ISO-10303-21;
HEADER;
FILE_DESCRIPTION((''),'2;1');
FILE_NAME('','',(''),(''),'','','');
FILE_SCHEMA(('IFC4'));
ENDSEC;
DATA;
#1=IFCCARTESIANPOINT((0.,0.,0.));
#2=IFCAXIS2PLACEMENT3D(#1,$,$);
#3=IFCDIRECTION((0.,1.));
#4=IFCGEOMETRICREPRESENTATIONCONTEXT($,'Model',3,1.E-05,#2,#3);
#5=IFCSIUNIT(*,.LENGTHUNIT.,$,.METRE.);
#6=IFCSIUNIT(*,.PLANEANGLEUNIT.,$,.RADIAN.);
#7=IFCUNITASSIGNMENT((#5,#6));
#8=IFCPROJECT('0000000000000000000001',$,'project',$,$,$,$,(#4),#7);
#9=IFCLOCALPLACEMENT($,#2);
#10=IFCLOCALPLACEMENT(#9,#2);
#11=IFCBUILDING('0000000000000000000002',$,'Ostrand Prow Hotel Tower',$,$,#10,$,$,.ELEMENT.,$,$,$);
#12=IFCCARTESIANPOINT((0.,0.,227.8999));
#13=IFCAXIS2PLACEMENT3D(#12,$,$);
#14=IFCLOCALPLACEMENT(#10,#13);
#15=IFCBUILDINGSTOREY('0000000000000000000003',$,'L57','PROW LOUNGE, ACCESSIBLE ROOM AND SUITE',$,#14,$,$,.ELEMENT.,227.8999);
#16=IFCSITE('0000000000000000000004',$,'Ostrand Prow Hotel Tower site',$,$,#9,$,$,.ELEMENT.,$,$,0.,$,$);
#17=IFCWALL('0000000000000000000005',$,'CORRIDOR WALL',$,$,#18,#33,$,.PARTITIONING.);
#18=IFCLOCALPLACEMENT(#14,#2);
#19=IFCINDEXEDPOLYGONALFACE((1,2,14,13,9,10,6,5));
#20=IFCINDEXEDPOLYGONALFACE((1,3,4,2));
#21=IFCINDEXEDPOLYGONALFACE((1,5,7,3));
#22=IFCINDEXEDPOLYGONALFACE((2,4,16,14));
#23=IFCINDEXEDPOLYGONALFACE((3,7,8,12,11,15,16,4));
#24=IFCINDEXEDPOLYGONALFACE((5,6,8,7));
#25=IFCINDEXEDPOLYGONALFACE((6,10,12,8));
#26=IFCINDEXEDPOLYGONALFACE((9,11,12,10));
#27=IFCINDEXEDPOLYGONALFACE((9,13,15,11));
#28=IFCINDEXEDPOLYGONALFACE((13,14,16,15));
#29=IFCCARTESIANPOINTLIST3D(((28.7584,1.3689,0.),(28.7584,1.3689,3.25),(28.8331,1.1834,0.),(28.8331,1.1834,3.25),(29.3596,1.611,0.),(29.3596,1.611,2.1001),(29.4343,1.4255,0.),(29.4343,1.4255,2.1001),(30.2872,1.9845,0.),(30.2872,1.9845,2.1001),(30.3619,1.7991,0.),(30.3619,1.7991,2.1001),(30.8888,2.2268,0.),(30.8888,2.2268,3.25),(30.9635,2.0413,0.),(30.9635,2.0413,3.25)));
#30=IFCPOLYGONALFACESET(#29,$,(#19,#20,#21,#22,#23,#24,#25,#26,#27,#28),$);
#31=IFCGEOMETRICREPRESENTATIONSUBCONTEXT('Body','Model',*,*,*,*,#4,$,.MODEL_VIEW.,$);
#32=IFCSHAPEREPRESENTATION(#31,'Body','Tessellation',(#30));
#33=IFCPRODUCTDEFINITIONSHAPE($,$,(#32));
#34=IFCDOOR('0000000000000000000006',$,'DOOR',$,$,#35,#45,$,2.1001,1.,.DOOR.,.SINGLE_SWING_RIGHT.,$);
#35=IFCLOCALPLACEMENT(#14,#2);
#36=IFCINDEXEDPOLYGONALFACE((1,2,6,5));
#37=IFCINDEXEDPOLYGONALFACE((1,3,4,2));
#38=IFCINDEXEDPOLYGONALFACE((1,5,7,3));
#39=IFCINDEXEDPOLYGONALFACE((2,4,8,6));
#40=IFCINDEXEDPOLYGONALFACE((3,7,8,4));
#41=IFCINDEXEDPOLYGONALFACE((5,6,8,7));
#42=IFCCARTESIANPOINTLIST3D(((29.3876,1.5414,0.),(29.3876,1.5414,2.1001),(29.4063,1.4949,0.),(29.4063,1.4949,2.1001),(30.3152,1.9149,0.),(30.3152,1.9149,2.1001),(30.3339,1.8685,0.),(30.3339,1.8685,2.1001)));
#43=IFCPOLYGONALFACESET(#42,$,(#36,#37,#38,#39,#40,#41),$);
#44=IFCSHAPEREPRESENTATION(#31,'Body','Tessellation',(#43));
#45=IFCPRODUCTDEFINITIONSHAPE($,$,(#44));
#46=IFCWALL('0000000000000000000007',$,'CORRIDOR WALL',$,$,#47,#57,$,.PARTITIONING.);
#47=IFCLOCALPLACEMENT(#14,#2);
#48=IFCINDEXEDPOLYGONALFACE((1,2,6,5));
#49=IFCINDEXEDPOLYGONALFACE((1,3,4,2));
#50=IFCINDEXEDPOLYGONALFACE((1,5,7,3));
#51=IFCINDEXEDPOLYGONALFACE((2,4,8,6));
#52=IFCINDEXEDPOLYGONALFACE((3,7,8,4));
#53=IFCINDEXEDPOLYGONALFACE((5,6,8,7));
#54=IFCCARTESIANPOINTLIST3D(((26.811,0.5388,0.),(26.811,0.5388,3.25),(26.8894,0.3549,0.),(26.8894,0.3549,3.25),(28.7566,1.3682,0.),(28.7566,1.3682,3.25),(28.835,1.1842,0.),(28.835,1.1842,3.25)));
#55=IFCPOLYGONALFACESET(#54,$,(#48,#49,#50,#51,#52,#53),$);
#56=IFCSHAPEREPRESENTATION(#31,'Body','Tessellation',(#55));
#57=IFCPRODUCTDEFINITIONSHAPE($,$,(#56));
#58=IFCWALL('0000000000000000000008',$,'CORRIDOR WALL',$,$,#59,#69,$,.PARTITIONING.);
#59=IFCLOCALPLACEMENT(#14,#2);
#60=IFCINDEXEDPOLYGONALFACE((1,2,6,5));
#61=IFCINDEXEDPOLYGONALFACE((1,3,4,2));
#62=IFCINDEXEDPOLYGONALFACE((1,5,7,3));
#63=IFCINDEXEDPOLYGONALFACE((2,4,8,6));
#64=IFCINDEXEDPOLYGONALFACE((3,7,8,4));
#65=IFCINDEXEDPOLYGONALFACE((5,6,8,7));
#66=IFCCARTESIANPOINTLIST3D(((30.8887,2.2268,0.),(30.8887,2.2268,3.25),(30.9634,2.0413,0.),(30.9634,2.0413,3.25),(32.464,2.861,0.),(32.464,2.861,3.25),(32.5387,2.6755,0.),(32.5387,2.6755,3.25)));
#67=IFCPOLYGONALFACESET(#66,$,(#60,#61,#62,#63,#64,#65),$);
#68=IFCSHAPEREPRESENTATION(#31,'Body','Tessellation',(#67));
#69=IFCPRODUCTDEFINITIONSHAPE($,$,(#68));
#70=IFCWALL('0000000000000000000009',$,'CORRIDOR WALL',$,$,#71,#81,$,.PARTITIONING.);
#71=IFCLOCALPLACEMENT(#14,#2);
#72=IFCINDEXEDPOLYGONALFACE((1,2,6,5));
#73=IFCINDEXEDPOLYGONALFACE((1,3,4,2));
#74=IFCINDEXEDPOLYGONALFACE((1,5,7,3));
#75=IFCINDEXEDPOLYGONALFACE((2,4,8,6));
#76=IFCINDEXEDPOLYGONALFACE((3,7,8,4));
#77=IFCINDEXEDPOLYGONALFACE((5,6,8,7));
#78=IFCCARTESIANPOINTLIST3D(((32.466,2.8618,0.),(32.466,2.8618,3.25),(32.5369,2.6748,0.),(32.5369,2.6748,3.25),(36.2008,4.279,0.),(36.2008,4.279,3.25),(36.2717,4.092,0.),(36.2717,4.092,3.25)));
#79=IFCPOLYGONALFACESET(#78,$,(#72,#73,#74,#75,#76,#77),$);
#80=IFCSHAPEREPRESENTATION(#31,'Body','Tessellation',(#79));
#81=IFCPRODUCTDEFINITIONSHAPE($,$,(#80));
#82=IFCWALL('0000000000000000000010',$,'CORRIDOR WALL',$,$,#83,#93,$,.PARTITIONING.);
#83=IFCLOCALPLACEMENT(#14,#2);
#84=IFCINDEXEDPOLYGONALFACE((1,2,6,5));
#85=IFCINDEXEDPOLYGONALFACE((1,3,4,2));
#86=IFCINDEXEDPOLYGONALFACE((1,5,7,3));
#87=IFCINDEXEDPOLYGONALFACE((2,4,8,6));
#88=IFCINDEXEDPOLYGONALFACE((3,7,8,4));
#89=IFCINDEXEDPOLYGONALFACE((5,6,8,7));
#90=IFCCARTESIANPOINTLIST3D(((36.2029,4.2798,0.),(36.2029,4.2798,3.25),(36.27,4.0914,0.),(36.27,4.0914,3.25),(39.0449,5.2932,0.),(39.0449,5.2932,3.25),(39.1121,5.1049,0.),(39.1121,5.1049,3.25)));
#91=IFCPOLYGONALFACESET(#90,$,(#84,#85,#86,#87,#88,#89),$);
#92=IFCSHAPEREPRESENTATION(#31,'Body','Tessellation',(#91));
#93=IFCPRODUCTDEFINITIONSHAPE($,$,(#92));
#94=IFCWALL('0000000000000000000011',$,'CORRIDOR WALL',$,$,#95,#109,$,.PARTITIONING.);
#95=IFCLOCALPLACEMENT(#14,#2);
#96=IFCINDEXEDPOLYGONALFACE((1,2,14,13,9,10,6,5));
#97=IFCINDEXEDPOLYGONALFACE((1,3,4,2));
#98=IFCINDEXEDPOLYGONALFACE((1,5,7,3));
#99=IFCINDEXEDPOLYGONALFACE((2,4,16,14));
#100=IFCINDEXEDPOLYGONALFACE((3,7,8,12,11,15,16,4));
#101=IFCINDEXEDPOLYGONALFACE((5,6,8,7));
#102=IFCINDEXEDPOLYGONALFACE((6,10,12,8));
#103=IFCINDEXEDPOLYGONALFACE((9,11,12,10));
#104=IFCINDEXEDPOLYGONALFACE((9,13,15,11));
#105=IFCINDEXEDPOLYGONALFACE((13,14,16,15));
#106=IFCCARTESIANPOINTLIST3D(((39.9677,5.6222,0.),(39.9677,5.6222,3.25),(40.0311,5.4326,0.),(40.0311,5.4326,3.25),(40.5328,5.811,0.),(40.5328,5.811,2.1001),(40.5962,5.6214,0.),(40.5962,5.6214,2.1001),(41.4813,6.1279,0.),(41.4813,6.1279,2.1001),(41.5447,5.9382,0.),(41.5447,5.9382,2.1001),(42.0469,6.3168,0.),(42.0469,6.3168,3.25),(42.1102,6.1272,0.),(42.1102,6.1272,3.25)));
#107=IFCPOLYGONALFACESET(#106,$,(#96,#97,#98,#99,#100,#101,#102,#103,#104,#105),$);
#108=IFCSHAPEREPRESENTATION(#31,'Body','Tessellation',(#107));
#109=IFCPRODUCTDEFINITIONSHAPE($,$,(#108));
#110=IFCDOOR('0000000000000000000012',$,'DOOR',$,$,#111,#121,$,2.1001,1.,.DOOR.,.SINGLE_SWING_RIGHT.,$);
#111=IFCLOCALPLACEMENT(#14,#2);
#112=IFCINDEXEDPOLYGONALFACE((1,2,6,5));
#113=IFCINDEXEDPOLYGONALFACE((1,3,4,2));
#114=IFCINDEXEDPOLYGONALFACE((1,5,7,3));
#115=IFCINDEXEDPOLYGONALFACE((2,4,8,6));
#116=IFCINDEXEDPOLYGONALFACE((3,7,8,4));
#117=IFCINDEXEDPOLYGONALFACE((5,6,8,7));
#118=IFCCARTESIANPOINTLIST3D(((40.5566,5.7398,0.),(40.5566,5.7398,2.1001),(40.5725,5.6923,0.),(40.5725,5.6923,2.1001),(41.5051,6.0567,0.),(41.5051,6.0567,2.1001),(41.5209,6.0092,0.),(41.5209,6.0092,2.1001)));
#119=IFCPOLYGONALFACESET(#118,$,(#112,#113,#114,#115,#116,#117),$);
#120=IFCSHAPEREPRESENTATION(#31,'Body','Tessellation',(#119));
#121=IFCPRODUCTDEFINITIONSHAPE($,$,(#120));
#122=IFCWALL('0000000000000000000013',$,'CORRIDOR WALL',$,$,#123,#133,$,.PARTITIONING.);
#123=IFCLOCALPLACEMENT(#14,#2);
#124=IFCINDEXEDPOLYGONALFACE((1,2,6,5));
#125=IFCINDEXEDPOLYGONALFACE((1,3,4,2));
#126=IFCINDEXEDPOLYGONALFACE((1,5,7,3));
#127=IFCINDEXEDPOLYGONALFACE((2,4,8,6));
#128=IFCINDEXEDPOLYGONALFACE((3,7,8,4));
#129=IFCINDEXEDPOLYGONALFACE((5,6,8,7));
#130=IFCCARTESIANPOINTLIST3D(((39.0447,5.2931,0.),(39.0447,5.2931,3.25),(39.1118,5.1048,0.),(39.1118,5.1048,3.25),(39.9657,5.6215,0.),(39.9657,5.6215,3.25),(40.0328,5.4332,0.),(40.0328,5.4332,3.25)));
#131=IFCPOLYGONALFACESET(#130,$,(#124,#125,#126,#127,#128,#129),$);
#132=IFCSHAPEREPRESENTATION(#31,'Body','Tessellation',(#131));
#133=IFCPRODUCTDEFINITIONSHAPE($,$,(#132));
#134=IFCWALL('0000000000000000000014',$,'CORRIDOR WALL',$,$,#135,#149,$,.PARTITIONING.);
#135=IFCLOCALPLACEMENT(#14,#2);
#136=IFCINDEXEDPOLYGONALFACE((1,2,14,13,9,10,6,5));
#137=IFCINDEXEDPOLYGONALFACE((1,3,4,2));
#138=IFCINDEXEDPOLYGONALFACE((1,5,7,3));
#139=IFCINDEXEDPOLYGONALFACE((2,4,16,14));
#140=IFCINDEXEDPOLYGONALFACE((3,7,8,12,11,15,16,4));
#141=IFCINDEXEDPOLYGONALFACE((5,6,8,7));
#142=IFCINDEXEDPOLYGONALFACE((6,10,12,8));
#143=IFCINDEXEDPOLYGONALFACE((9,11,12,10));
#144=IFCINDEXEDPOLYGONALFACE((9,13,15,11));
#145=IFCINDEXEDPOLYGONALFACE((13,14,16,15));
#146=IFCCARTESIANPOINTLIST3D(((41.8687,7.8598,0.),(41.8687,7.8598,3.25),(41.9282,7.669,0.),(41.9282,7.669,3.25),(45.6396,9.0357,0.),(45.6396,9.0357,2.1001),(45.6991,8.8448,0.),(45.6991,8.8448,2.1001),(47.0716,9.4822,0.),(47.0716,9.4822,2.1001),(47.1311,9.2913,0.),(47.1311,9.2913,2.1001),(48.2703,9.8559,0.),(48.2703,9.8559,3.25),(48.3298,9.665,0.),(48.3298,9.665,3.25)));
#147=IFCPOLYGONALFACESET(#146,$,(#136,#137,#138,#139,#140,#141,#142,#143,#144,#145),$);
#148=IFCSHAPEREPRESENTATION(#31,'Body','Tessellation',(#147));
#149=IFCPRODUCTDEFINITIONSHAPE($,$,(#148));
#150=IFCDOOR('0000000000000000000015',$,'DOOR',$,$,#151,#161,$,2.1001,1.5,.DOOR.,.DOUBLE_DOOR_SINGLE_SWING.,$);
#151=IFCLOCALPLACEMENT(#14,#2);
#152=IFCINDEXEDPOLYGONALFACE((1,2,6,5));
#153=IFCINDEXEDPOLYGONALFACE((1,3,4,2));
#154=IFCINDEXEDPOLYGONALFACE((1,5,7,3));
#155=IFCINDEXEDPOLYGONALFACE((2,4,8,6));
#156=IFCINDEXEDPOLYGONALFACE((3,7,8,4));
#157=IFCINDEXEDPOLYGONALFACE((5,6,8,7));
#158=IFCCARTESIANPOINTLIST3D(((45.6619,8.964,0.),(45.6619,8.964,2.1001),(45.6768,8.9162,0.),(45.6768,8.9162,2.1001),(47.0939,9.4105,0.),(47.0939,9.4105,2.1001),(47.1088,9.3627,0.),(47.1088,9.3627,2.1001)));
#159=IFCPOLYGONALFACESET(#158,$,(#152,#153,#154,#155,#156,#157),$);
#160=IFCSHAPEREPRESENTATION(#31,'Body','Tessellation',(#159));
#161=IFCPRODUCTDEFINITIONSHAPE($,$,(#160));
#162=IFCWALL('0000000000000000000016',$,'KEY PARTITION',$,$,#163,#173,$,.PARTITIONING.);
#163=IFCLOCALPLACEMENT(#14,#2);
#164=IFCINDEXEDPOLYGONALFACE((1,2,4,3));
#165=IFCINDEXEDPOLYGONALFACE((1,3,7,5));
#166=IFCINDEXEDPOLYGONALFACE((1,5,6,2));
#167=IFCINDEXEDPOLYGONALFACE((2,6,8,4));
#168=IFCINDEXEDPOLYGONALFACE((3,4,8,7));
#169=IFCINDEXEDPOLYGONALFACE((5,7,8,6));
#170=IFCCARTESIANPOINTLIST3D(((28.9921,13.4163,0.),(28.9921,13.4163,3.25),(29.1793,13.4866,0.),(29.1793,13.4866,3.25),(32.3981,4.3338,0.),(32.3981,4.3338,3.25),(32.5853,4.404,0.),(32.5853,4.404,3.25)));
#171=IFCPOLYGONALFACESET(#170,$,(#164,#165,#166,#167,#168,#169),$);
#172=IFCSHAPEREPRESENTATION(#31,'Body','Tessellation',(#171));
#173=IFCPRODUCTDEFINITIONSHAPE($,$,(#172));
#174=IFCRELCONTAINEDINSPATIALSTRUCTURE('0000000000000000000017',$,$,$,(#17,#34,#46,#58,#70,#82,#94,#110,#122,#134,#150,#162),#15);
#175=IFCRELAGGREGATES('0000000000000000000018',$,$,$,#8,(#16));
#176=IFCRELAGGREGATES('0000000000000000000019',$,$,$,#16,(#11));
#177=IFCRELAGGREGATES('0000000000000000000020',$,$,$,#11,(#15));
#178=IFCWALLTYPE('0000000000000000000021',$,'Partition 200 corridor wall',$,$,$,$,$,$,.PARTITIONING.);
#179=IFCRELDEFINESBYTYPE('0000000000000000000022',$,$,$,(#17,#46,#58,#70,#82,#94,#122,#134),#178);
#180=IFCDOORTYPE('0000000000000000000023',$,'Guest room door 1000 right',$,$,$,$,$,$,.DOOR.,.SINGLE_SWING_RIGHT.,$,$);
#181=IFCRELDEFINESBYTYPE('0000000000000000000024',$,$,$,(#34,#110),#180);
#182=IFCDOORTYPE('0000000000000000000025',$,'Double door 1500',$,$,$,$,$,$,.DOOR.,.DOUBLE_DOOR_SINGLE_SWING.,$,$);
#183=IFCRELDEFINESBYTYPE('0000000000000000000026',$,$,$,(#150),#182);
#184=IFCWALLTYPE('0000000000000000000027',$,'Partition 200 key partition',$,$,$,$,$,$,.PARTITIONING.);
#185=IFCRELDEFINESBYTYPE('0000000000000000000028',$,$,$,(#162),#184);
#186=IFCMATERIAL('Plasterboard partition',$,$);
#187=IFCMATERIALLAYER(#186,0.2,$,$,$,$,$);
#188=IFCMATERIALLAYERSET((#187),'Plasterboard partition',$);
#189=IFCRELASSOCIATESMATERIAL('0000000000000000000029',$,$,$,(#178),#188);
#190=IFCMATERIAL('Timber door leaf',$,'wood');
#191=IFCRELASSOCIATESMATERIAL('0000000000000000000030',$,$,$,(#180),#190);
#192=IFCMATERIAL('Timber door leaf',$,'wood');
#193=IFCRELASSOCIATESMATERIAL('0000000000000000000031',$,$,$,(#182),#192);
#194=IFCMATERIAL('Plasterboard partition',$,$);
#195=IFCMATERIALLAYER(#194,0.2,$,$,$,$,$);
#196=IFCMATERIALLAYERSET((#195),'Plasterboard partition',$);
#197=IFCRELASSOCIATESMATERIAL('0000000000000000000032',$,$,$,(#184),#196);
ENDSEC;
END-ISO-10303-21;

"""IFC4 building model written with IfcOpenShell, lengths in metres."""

from ifc_helpers import new_model, si_unit, direction, frame, frame_2d, origin, place, context, subcontext, project, spatial, rectangle, extrude, material, layer, layer_set, type_object, element, fill, save


model = new_model("IFC4")

# Units and contexts
model_context = context("Model", 3, precision=1e-05, world=origin(), true_north=direction((0.0, 1.0)))
body_context = subcontext(model_context, "Body", "Model", "MODEL_VIEW")
ifc_project = project(units=[si_unit("LENGTHUNIT", "METRE"), si_unit("PLANEANGLEUNIT", "RADIAN")], contexts=[model_context])

# Site, building, storey
site_placement = place(None, origin())
site = spatial("IfcSite", under=ifc_project, at=site_placement, Name="Ostrand Prow Hotel Tower site", CompositionType="ELEMENT", RefElevation=0.0)
building_placement = place(site_placement, origin())
building = spatial("IfcBuilding", under=site, at=building_placement, Name="Ostrand Prow Hotel Tower", CompositionType="ELEMENT")
storey_placement = place(building_placement, frame((0.0, 0.0, 227.8999)))
storey = spatial("IfcBuildingStorey", under=building, at=storey_placement, Name="L57", Description="PROW LOUNGE, ACCESSIBLE ROOM AND SUITE", CompositionType="ELEMENT", Elevation=227.8999)

# Wall, opening, door
ifc_material_1 = material(Name="Plasterboard partition")
ifc_layer_1 = layer(ifc_material_1, 0.2)
ifc_layer_set_1 = layer_set([ifc_layer_1], Name="Plasterboard partition")
wall_type_1 = type_object("IfcWallType", Name="Partition 200 corridor wall", PredefinedType="PARTITIONING", material=ifc_layer_set_1)
wall_1_placement = place(storey_placement, frame((28.7957, 1.2761, 0.0), z_axis=(0.0, 0.0, 1.0), x_axis=(0.927609, 0.373552, 0.0)))
wall_1 = element("IfcWall", 1, at=wall_1_placement, inside=storey, type_object=wall_type_1, Name="CORRIDOR WALL", PredefinedType="PARTITIONING", context=body_context, shape_type="SweptSolid", body=[
    extrude(rectangle(XDim=2.2966, YDim=0.2, at=frame_2d((1.1484, 0.0))), origin(), (0.0, 0.0, 1.0), 3.25),
])
opening_1_placement = place(wall_1_placement, frame((0.6482, 0.0, 0.0)))
opening_1 = element("IfcOpeningElement", 2, at=opening_1_placement, cuts=wall_1, PredefinedType="OPENING", context=body_context, shape_type="SweptSolid", body=[
    extrude(rectangle(XDim=1.0, YDim=2.1001, at=frame_2d((0.5, 1.05))), frame((0.0, 0.1099, 0.0), z_axis=(0.0, -1.0, 0.0), x_axis=(1.0, 0.0, 0.0)), (0.0, 0.0, 1.0), 0.22),
])
ifc_material_2 = material(Name="Timber door leaf", Category="wood")
door_type_1 = type_object("IfcDoorType", Name="Guest room door 1000 right", OperationType="SINGLE_SWING_RIGHT", PredefinedType="DOOR", material=ifc_material_2)
door_1_placement = place(opening_1_placement, origin())
door_1 = element("IfcDoor", 3, at=door_1_placement, inside=storey, type_object=door_type_1, Name="DOOR", OperationType="SINGLE_SWING_RIGHT", OverallHeight=2.1001, OverallWidth=1.0, PredefinedType="DOOR", context=body_context, shape_type="SweptSolid", body=[
    extrude(rectangle(XDim=1.0, YDim=2.1001, at=frame_2d((0.5, 1.05))), frame((0.0, 0.0249, 0.0), z_axis=(0.0, -1.0, 0.0), x_axis=(1.0, 0.0, 0.0)), (0.0, 0.0, 1.0), 0.05),
])
fill(opening_1, door_1)

# Walls
wall_2_placement = place(storey_placement, frame((26.8501, 0.4468, 0.0), z_axis=(0.0, 0.0, 1.0), x_axis=(0.919908, 0.392135, 0.0)))
element("IfcWall", 4, at=wall_2_placement, inside=storey, type_object=wall_type_1, Name="CORRIDOR WALL", PredefinedType="PARTITIONING", context=body_context, shape_type="SweptSolid", body=[
    extrude(rectangle(XDim=2.115, YDim=0.2, at=frame_2d((1.0576, 0.0))), origin(), (0.0, 0.0, 1.0), 3.25),
])
wall_3_placement = place(storey_placement, frame((30.926, 2.134, 0.0), z_axis=(0.0, 0.0, 1.0), x_axis=(0.927642, 0.373472, 0.0)))
element("IfcWall", 5, at=wall_3_placement, inside=storey, type_object=wall_type_1, Name="CORRIDOR WALL", PredefinedType="PARTITIONING", context=body_context, shape_type="SweptSolid", body=[
    extrude(rectangle(XDim=1.6982, YDim=0.2, at=frame_2d((0.8491, 0.0))), origin(), (0.0, 0.0, 1.0), 3.25),
])
wall_4_placement = place(storey_placement, frame((32.5015, 2.7683, 0.0), z_axis=(0.0, 0.0, 1.0), x_axis=(0.934951, 0.354778, 0.0)))
element("IfcWall", 6, at=wall_4_placement, inside=storey, type_object=wall_type_1, Name="CORRIDOR WALL", PredefinedType="PARTITIONING", context=body_context, shape_type="SweptSolid", body=[
    extrude(rectangle(XDim=3.9946, YDim=0.2, at=frame_2d((1.9973, 0.0))), origin(), (0.0, 0.0, 1.0), 3.25),
])
wall_5_placement = place(storey_placement, frame((36.2363, 4.1855, 0.0), z_axis=(0.0, 0.0, 1.0), x_axis=(0.941908, 0.33587, 0.0)))
element("IfcWall", 7, at=wall_5_placement, inside=storey, type_object=wall_type_1, Name="CORRIDOR WALL", PredefinedType="PARTITIONING", context=body_context, shape_type="SweptSolid", body=[
    extrude(rectangle(XDim=3.0173, YDim=0.2, at=frame_2d((1.5088, 0.0))), origin(), (0.0, 0.0, 1.0), 3.25),
])

# Wall, opening, door
wall_6_placement = place(storey_placement, frame((39.9993, 5.5273, 0.0), z_axis=(0.0, 0.0, 1.0), x_axis=(0.948471, 0.316863, 0.0)))
wall_6 = element("IfcWall", 8, at=wall_6_placement, inside=storey, type_object=wall_type_1, Name="CORRIDOR WALL", PredefinedType="PARTITIONING", context=body_context, shape_type="SweptSolid", body=[
    extrude(rectangle(XDim=2.1921, YDim=0.2, at=frame_2d((1.0962, 0.0))), origin(), (0.0, 0.0, 1.0), 3.25),
])
opening_2_placement = place(wall_6_placement, frame((0.5959, 0.0, 0.0)))
opening_2 = element("IfcOpeningElement", 9, at=opening_2_placement, cuts=wall_6, PredefinedType="OPENING", context=body_context, shape_type="SweptSolid", body=[
    extrude(rectangle(XDim=1.0, YDim=2.1001, at=frame_2d((0.5, 1.05))), frame((0.0, 0.1099, 0.0), z_axis=(0.0, -1.0, 0.0), x_axis=(1.0, 0.0, 0.0)), (0.0, 0.0, 1.0), 0.22),
])
door_2_placement = place(opening_2_placement, origin())
door_2 = element("IfcDoor", 10, at=door_2_placement, inside=storey, type_object=door_type_1, Name="DOOR", OperationType="SINGLE_SWING_RIGHT", OverallHeight=2.1001, OverallWidth=1.0, PredefinedType="DOOR", context=body_context, shape_type="SweptSolid", body=[
    extrude(rectangle(XDim=1.0, YDim=2.1001, at=frame_2d((0.5, 1.05))), frame((0.0, 0.0249, 0.0), z_axis=(0.0, -1.0, 0.0), x_axis=(1.0, 0.0, 0.0)), (0.0, 0.0, 1.0), 0.05),
])
fill(opening_2, door_2)

# Wall
wall_7_placement = place(storey_placement, frame((39.0784, 5.199, 0.0), z_axis=(0.0, 0.0, 1.0), x_axis=(0.941911, 0.335862, 0.0)))
element("IfcWall", 11, at=wall_7_placement, inside=storey, type_object=wall_type_1, Name="CORRIDOR WALL", PredefinedType="PARTITIONING", context=body_context, shape_type="SweptSolid", body=[
    extrude(rectangle(XDim=0.9778, YDim=0.2, at=frame_2d((0.4888, 0.0))), origin(), (0.0, 0.0, 1.0), 3.25),
])

# Wall, opening, door
wall_8_placement = place(storey_placement, frame((41.8984, 7.7644, 0.0), z_axis=(0.0, 0.0, 1.0), x_axis=(0.954667, 0.297676, 0.0)))
wall_8 = element("IfcWall", 12, at=wall_8_placement, inside=storey, type_object=wall_type_1, Name="CORRIDOR WALL", PredefinedType="PARTITIONING", context=body_context, shape_type="SweptSolid", body=[
    extrude(rectangle(XDim=6.7056, YDim=0.2, at=frame_2d((3.3528, 0.0))), origin(), (0.0, 0.0, 1.0), 3.25),
])
opening_3_placement = place(wall_8_placement, frame((3.95, 0.0, 0.0)))
opening_3 = element("IfcOpeningElement", 13, at=opening_3_placement, cuts=wall_8, PredefinedType="OPENING", context=body_context, shape_type="SweptSolid", body=[
    extrude(rectangle(XDim=1.5, YDim=2.1001, at=frame_2d((0.75, 1.05))), frame((0.0, 0.1099, 0.0), z_axis=(0.0, -1.0, 0.0), x_axis=(1.0, 0.0, 0.0)), (0.0, 0.0, 1.0), 0.22),
])
ifc_material_3 = material(Name="Timber door leaf", Category="wood")
door_type_2 = type_object("IfcDoorType", Name="Double door 1500", OperationType="DOUBLE_DOOR_SINGLE_SWING", PredefinedType="DOOR", material=ifc_material_3)
door_3_placement = place(opening_3_placement, origin())
door_3 = element("IfcDoor", 14, at=door_3_placement, inside=storey, type_object=door_type_2, Name="DOOR", OperationType="DOUBLE_DOOR_SINGLE_SWING", OverallHeight=2.1001, OverallWidth=1.5, PredefinedType="DOOR", context=body_context, shape_type="SweptSolid", body=[
    extrude(rectangle(XDim=1.5, YDim=2.1001, at=frame_2d((0.75, 1.05))), frame((0.0, 0.0249, 0.0), z_axis=(0.0, -1.0, 0.0), x_axis=(1.0, 0.0, 0.0)), (0.0, 0.0, 1.0), 0.05),
])
fill(opening_3, door_3)

# Wall
ifc_material_4 = material(Name="Plasterboard partition")
ifc_layer_2 = layer(ifc_material_4, 0.2)
ifc_layer_set_2 = layer_set([ifc_layer_2], Name="Plasterboard partition")
wall_type_2 = type_object("IfcWallType", Name="Partition 200 key partition", PredefinedType="PARTITIONING", material=ifc_layer_set_2)
wall_9_placement = place(storey_placement, frame((32.4917, 4.3689, 0.0), z_axis=(0.0, 0.0, 1.0), x_axis=(-0.351129, 0.936327, 0.0)))
element("IfcWall", 15, at=wall_9_placement, inside=storey, type_object=wall_type_2, Name="KEY PARTITION", PredefinedType="PARTITIONING", context=body_context, shape_type="SweptSolid", body=[
    extrude(rectangle(XDim=9.7002, YDim=0.2, at=frame_2d((4.8501, 0.0))), origin(), (0.0, 0.0, 1.0), 3.25),
])

save(model, "model.ifc")
